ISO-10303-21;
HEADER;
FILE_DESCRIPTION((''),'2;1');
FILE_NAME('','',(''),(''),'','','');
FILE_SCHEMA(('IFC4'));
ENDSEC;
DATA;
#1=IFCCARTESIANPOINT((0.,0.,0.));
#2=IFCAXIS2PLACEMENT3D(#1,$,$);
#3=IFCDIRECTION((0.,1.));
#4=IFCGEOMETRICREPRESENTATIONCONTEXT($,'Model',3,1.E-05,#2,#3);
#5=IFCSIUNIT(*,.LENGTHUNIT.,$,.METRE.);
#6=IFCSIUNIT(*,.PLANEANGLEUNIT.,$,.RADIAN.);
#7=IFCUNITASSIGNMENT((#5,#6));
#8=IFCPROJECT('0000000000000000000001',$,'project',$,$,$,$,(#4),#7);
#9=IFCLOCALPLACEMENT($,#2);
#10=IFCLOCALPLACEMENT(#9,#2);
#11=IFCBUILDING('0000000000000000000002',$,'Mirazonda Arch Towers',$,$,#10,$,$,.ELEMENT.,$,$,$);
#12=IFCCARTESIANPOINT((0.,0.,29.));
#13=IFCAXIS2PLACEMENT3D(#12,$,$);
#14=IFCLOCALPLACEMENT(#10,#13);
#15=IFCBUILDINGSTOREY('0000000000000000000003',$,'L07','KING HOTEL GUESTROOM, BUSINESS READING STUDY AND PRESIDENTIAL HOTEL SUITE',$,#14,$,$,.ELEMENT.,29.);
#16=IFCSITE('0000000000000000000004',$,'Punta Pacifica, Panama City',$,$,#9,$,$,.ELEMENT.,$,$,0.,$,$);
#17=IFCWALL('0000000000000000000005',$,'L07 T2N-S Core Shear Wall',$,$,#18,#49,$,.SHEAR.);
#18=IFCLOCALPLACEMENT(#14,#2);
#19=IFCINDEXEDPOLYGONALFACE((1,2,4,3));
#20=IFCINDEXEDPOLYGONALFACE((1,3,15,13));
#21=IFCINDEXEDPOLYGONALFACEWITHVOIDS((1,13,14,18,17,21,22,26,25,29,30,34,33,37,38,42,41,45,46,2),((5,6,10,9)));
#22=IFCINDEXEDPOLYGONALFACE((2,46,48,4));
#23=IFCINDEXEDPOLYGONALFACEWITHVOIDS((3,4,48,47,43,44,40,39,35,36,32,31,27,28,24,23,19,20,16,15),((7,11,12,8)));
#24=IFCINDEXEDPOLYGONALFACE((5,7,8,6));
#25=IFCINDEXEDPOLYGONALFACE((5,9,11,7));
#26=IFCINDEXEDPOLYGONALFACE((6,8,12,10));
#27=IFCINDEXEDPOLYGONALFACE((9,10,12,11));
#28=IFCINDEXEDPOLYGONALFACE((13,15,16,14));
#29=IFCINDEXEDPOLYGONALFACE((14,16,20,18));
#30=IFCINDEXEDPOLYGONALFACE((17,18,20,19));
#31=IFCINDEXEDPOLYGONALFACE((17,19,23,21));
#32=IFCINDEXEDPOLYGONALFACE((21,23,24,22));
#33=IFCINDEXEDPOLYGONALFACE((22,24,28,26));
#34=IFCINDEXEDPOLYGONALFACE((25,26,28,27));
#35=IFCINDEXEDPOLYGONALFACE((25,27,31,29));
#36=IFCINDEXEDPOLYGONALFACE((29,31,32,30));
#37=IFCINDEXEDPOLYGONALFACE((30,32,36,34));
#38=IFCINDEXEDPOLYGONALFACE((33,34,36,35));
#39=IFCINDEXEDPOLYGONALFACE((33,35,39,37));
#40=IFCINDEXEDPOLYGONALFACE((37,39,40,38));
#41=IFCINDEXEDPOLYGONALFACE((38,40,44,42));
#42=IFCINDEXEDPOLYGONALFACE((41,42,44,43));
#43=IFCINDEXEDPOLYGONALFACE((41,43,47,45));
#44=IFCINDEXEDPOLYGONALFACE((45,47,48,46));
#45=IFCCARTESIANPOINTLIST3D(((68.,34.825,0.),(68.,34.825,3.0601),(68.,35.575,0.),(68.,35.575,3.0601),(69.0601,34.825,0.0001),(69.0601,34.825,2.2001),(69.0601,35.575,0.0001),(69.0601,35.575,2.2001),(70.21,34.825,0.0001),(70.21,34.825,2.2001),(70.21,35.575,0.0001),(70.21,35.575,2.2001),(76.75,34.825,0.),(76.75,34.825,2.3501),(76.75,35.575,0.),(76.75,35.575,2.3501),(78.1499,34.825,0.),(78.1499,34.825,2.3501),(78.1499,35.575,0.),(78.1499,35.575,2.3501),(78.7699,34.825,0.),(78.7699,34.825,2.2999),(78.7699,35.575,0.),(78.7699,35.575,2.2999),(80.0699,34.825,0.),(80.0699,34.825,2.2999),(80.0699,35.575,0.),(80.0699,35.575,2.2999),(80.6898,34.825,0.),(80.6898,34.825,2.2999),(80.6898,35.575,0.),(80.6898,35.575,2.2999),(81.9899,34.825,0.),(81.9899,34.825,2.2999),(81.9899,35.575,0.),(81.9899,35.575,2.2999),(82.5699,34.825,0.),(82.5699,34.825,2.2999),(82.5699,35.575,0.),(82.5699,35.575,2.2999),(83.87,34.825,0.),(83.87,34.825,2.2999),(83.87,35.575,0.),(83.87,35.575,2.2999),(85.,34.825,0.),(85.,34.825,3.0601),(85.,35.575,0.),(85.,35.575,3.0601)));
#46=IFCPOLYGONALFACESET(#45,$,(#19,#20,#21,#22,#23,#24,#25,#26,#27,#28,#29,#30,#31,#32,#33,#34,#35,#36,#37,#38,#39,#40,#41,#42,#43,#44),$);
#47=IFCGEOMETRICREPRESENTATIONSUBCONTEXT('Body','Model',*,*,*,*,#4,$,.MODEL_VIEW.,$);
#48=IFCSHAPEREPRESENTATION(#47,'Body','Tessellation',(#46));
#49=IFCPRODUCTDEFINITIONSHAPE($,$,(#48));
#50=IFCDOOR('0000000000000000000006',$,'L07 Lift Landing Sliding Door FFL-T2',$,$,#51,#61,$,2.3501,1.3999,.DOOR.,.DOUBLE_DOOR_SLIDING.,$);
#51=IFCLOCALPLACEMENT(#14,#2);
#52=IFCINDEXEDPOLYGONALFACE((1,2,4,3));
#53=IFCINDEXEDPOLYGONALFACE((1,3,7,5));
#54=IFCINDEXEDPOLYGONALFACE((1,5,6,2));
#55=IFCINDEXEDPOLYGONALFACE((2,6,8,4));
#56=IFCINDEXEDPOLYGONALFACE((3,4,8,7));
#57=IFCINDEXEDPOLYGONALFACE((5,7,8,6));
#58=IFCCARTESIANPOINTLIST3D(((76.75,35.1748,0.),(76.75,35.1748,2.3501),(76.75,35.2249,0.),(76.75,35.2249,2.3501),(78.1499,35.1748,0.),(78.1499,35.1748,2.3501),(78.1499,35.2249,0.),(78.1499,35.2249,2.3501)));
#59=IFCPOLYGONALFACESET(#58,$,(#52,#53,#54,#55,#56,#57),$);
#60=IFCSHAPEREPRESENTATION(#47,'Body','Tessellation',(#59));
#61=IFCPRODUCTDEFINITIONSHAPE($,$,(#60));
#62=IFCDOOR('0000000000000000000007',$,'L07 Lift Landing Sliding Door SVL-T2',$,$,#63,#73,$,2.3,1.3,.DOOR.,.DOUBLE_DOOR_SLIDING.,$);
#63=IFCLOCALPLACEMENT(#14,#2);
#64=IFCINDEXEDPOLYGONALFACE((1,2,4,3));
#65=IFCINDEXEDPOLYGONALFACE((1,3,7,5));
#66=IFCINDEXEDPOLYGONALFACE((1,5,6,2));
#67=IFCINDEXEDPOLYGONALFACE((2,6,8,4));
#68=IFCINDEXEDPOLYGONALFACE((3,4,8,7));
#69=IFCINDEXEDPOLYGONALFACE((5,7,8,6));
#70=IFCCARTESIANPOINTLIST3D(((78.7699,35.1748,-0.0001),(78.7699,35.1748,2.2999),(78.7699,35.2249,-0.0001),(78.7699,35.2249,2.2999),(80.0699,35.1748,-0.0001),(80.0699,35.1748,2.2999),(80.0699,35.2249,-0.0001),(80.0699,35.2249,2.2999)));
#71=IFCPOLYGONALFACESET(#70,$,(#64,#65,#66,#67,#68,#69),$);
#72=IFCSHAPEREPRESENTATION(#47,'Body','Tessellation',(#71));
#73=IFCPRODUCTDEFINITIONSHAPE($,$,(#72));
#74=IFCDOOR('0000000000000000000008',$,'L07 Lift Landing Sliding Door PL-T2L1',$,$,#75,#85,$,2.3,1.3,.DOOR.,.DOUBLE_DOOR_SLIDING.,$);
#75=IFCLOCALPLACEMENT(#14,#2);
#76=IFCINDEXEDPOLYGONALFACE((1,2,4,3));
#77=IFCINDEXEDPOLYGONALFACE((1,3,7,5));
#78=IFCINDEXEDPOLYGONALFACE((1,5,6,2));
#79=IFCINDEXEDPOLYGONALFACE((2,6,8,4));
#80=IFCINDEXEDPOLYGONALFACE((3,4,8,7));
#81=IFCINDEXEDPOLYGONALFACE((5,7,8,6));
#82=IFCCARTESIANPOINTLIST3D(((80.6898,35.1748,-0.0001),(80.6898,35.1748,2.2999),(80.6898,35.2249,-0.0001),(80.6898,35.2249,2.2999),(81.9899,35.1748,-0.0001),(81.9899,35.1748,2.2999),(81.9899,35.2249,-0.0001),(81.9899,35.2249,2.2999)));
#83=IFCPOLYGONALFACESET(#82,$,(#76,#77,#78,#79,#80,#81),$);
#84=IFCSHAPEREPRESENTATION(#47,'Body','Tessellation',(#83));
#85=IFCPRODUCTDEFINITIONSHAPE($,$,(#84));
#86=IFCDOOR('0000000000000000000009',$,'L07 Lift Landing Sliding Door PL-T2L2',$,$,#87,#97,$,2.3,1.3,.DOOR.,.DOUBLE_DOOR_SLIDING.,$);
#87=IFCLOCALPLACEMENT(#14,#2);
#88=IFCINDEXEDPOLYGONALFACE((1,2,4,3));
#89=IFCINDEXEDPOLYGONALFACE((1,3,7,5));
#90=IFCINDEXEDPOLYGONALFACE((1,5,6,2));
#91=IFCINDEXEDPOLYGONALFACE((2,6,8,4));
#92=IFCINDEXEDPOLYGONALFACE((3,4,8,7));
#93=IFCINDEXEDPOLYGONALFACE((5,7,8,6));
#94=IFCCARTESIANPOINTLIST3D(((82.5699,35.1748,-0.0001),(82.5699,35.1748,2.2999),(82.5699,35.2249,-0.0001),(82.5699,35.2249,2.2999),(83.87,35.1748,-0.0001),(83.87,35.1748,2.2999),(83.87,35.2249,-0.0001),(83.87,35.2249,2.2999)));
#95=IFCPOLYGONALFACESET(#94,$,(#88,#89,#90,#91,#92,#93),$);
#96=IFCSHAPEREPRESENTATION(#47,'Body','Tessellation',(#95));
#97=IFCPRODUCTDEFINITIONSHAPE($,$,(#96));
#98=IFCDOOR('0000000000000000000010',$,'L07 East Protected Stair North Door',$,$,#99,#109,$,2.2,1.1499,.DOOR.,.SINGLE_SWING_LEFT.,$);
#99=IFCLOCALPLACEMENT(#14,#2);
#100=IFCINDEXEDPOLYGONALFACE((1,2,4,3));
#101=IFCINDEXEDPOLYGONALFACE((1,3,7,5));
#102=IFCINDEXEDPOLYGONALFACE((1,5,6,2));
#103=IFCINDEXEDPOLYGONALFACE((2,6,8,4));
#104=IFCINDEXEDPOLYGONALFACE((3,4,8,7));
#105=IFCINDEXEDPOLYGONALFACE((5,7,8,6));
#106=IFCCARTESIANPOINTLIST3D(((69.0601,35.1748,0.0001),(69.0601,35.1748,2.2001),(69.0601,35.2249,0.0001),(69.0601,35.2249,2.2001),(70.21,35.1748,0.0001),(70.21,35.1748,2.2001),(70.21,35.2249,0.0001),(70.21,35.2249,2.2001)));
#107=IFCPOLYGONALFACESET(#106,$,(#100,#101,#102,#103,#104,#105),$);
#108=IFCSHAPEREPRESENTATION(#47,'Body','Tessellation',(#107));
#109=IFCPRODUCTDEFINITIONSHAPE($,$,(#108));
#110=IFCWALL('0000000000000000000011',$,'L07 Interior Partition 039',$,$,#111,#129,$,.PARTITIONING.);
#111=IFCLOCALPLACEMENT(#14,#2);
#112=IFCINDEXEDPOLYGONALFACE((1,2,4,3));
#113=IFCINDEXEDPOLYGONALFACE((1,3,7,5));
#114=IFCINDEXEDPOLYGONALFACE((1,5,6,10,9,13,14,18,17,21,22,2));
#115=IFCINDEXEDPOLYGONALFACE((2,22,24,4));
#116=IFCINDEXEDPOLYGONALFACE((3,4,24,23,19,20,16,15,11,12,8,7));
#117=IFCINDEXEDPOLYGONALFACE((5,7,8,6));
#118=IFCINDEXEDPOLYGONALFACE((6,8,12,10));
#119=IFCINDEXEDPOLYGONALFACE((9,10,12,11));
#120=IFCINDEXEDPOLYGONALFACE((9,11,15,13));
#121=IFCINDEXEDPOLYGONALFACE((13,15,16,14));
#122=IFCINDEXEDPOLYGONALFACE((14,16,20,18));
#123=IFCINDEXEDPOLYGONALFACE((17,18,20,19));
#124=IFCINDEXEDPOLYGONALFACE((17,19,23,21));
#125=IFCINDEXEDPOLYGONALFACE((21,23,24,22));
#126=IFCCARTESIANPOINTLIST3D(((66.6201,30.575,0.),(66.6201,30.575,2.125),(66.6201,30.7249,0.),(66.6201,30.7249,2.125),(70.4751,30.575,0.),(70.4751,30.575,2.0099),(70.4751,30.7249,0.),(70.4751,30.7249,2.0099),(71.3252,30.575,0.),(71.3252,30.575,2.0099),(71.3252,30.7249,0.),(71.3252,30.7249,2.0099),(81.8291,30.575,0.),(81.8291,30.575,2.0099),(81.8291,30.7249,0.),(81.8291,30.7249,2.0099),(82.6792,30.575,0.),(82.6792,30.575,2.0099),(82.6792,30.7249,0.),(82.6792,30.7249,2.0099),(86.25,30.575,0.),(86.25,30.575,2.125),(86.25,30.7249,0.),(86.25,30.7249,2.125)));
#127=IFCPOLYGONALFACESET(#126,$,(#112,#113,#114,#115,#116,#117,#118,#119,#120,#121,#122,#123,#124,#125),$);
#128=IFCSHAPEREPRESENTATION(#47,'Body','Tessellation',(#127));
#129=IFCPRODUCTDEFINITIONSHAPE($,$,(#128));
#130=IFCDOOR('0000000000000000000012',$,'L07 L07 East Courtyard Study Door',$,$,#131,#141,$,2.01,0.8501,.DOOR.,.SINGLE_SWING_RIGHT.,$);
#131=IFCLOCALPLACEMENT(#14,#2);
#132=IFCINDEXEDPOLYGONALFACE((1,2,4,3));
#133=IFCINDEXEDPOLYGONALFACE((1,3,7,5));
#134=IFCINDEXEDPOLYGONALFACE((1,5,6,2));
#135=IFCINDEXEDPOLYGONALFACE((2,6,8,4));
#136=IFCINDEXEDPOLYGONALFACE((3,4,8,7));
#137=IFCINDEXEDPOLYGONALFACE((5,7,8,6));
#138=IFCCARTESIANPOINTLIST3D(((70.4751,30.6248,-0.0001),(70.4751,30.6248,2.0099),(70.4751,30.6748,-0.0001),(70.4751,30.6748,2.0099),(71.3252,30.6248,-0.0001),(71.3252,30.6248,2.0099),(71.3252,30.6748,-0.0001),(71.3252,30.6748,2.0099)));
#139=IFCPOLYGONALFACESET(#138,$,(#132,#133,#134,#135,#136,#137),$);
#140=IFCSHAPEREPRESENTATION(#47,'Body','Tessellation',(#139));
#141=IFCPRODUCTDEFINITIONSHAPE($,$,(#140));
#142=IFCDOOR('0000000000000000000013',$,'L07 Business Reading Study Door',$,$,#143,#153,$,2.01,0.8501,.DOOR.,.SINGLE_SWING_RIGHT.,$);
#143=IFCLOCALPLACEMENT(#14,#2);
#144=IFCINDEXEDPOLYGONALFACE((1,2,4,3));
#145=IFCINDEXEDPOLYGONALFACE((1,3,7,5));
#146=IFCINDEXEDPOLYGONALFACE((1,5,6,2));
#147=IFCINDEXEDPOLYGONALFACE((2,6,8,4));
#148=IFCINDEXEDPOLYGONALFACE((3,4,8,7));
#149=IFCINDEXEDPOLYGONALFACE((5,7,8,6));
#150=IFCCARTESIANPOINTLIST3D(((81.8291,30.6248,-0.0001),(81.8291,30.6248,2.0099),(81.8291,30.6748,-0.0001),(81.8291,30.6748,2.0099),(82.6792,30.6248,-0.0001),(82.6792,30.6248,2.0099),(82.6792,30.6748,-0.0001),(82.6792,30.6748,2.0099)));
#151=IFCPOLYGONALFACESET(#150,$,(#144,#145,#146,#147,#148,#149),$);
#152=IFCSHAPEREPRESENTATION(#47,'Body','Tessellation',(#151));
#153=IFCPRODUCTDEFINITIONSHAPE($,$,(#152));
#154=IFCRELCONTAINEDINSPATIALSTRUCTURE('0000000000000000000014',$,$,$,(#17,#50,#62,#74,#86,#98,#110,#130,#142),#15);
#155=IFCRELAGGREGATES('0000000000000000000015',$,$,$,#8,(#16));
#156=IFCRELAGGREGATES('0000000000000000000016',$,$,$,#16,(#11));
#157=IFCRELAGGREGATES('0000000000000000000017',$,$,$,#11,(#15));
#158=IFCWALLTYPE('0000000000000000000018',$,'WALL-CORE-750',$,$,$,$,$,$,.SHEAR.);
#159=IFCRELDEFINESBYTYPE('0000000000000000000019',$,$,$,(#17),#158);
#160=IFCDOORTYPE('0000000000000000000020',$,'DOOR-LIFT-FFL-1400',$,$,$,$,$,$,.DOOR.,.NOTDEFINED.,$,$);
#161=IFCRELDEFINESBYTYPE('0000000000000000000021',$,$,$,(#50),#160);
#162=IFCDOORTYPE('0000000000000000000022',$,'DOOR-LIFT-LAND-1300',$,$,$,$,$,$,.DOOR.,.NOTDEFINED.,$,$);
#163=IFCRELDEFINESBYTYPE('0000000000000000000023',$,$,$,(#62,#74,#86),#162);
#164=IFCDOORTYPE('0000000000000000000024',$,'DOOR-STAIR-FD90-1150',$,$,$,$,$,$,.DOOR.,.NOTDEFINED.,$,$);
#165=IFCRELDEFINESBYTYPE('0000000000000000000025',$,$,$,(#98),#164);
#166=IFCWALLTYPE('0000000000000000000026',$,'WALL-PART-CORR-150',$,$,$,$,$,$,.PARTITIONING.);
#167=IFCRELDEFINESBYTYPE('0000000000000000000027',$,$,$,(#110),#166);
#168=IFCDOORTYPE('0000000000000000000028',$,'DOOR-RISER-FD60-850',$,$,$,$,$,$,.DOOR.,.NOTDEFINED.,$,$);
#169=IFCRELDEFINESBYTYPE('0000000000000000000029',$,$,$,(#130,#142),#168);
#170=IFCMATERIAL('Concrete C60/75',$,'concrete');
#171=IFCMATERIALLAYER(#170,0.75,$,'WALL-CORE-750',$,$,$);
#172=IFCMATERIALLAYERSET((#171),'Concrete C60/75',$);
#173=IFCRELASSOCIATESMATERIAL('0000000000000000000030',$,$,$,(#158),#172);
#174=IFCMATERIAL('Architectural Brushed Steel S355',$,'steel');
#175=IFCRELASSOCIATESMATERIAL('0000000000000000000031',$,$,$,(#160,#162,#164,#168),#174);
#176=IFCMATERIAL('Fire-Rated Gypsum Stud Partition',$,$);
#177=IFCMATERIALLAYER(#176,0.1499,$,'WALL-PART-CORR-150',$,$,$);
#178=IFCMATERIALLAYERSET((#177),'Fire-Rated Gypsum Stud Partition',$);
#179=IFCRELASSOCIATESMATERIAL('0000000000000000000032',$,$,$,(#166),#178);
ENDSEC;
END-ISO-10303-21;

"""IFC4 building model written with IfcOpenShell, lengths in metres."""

from ifc_helpers import new_model, si_unit, direction, frame, frame_2d, origin, place, context, subcontext, project, spatial, rectangle, extrude, material, layer, layer_set, type_object, element, fill, save


model = new_model("IFC4")

# Units and contexts
model_context = context("Model", 3, precision=1e-05, world=origin(), true_north=direction((0.0, 1.0)))
body_context = subcontext(model_context, "Body", "Model", "MODEL_VIEW")
ifc_project = project(units=[si_unit("LENGTHUNIT", "METRE"), si_unit("PLANEANGLEUNIT", "RADIAN")], contexts=[model_context])

# Site, building, storey
site_placement = place(None, origin())
site = spatial("IfcSite", under=ifc_project, at=site_placement, Name="Punta Pacifica, Panama City", CompositionType="ELEMENT", RefElevation=0.0)
building_placement = place(site_placement, origin())
building = spatial("IfcBuilding", under=site, at=building_placement, Name="Mirazonda Arch Towers", CompositionType="ELEMENT")
storey_placement = place(building_placement, frame((0.0, 0.0, 29.0)))
storey = spatial("IfcBuildingStorey", under=building, at=storey_placement, Name="L07", Description="KING HOTEL GUESTROOM, BUSINESS READING STUDY AND PRESIDENTIAL HOTEL SUITE", CompositionType="ELEMENT", Elevation=29.0)

# Shared definitions
ifc_material_1 = material(Name="Concrete C60/75", Category="concrete")

# Shared definitions
ifc_layer_1 = layer(ifc_material_1, 0.75, Name="WALL-CORE-750")
ifc_layer_set_1 = layer_set([ifc_layer_1], Name="Concrete C60/75")
wall_type_1 = type_object("IfcWallType", Name="WALL-CORE-750", PredefinedType="SHEAR", material=ifc_layer_set_1)

# Walls, openings, doors
wall_1_placement = place(storey_placement, frame((68.0, 35.2, 0.0), z_axis=(0.0, 0.0, 1.0), x_axis=(1.0, 0.0, 0.0)))
wall_1 = element("IfcWall", 1, at=wall_1_placement, inside=storey, type_object=wall_type_1, Name="L07 T2N-S Core Shear Wall", PredefinedType="SHEAR", context=body_context, shape_type="SweptSolid", body=[
    extrude(rectangle(XDim=17.0, YDim=0.75, at=frame_2d((8.5, 0.0))), origin(), (0.0, 0.0, 1.0), 3.0601),
])
opening_1_placement = place(wall_1_placement, frame((1.0601, 0.0, 0.0)))
opening_1 = element("IfcOpeningElement", 2, at=opening_1_placement, cuts=wall_1, PredefinedType="OPENING", context=body_context, shape_type="SweptSolid", body=[
    extrude(rectangle(XDim=1.1499, YDim=2.2, at=frame_2d((0.575, 1.1001))), frame((0.0, 0.385, 0.0), z_axis=(0.0, -1.0, 0.0), x_axis=(1.0, 0.0, 0.0)), (0.0, 0.0, 1.0), 0.77),
])
opening_2_placement = place(wall_1_placement, frame((8.75, 0.0, 0.0)))
opening_2 = element("IfcOpeningElement", 3, at=opening_2_placement, cuts=wall_1, PredefinedType="OPENING", context=body_context, shape_type="SweptSolid", body=[
    extrude(rectangle(XDim=1.3999, YDim=2.3501, at=frame_2d((0.7, 1.175))), frame((0.0, 0.385, 0.0), z_axis=(0.0, -1.0, 0.0), x_axis=(1.0, 0.0, 0.0)), (0.0, 0.0, 1.0), 0.77),
])
opening_3_placement = place(wall_1_placement, frame((10.77, 0.0, 0.0)))
opening_3 = element("IfcOpeningElement", 4, at=opening_3_placement, cuts=wall_1, PredefinedType="OPENING", context=body_context, shape_type="SweptSolid", body=[
    extrude(rectangle(XDim=1.3, YDim=2.3, at=frame_2d((0.6499, 1.1499))), frame((0.0, 0.385, 0.0), z_axis=(0.0, -1.0, 0.0), x_axis=(1.0, 0.0, 0.0)), (0.0, 0.0, 1.0), 0.77),
])
opening_4_placement = place(wall_1_placement, frame((12.6899, 0.0, 0.0)))
opening_4 = element("IfcOpeningElement", 5, at=opening_4_placement, cuts=wall_1, PredefinedType="OPENING", context=body_context, shape_type="SweptSolid", body=[
    extrude(rectangle(XDim=1.3, YDim=2.3, at=frame_2d((0.6499, 1.1499))), frame((0.0, 0.385, 0.0), z_axis=(0.0, -1.0, 0.0), x_axis=(1.0, 0.0, 0.0)), (0.0, 0.0, 1.0), 0.77),
])
opening_5_placement = place(wall_1_placement, frame((14.5701, 0.0, 0.0)))
opening_5 = element("IfcOpeningElement", 6, at=opening_5_placement, cuts=wall_1, PredefinedType="OPENING", context=body_context, shape_type="SweptSolid", body=[
    extrude(rectangle(XDim=1.3, YDim=2.3, at=frame_2d((0.6499, 1.1499))), frame((0.0, 0.385, 0.0), z_axis=(0.0, -1.0, 0.0), x_axis=(1.0, 0.0, 0.0)), (0.0, 0.0, 1.0), 0.77),
])
ifc_material_2 = material(Name="Architectural Brushed Steel S355", Category="steel")
door_type_1 = type_object("IfcDoorType", Name="DOOR-LIFT-FFL-1400", OperationType="NOTDEFINED", PredefinedType="DOOR", material=ifc_material_2)
door_1_placement = place(opening_2_placement, origin())
door_1 = element("IfcDoor", 7, at=door_1_placement, inside=storey, type_object=door_type_1, Name="L07 Lift Landing Sliding Door FFL-T2", OperationType="DOUBLE_DOOR_SLIDING", OverallHeight=2.3501, OverallWidth=1.3999, PredefinedType="DOOR", context=body_context, shape_type="SweptSolid", body=[
    extrude(rectangle(XDim=1.3999, YDim=2.3501, at=frame_2d((0.7, 1.175))), frame((0.0, 0.0249, 0.0), z_axis=(0.0, -1.0, 0.0), x_axis=(1.0, 0.0, 0.0)), (0.0, 0.0, 1.0), 0.05),
])
fill(opening_2, door_1)
door_type_2 = type_object("IfcDoorType", Name="DOOR-LIFT-LAND-1300", OperationType="NOTDEFINED", PredefinedType="DOOR", material=ifc_material_2)
door_2_placement = place(opening_3_placement, origin())
door_2 = element("IfcDoor", 8, at=door_2_placement, inside=storey, type_object=door_type_2, Name="L07 Lift Landing Sliding Door SVL-T2", OperationType="DOUBLE_DOOR_SLIDING", OverallHeight=2.3, OverallWidth=1.3, PredefinedType="DOOR", context=body_context, shape_type="SweptSolid", body=[
    extrude(rectangle(XDim=1.3, YDim=2.3, at=frame_2d((0.6499, 1.1499))), frame((0.0, 0.0249, 0.0), z_axis=(0.0, -1.0, 0.0), x_axis=(1.0, 0.0, 0.0)), (0.0, 0.0, 1.0), 0.05),
])
fill(opening_3, door_2)
door_3_placement = place(opening_4_placement, origin())
door_3 = element("IfcDoor", 9, at=door_3_placement, inside=storey, type_object=door_type_2, Name="L07 Lift Landing Sliding Door PL-T2L1", OperationType="DOUBLE_DOOR_SLIDING", OverallHeight=2.3, OverallWidth=1.3, PredefinedType="DOOR", context=body_context, shape_type="SweptSolid", body=[
    extrude(rectangle(XDim=1.3, YDim=2.3, at=frame_2d((0.6499, 1.1499))), frame((0.0, 0.0249, 0.0), z_axis=(0.0, -1.0, 0.0), x_axis=(1.0, 0.0, 0.0)), (0.0, 0.0, 1.0), 0.05),
])
fill(opening_4, door_3)
door_4_placement = place(opening_5_placement, origin())
door_4 = element("IfcDoor", 10, at=door_4_placement, inside=storey, type_object=door_type_2, Name="L07 Lift Landing Sliding Door PL-T2L2", OperationType="DOUBLE_DOOR_SLIDING", OverallHeight=2.3, OverallWidth=1.3, PredefinedType="DOOR", context=body_context, shape_type="SweptSolid", body=[
    extrude(rectangle(XDim=1.3, YDim=2.3, at=frame_2d((0.6499, 1.1499))), frame((0.0, 0.0249, 0.0), z_axis=(0.0, -1.0, 0.0), x_axis=(1.0, 0.0, 0.0)), (0.0, 0.0, 1.0), 0.05),
])
fill(opening_5, door_4)
door_type_3 = type_object("IfcDoorType", Name="DOOR-STAIR-FD90-1150", OperationType="NOTDEFINED", PredefinedType="DOOR", material=ifc_material_2)
door_5_placement = place(opening_1_placement, origin())
door_5 = element("IfcDoor", 11, at=door_5_placement, inside=storey, type_object=door_type_3, Name="L07 East Protected Stair North Door", OperationType="SINGLE_SWING_LEFT", OverallHeight=2.2, OverallWidth=1.1499, PredefinedType="DOOR", context=body_context, shape_type="SweptSolid", body=[
    extrude(rectangle(XDim=1.1499, YDim=2.2, at=frame_2d((0.575, 1.1001))), frame((0.0, 0.0249, 0.0), z_axis=(0.0, -1.0, 0.0), x_axis=(1.0, 0.0, 0.0)), (0.0, 0.0, 1.0), 0.05),
])
fill(opening_1, door_5)
ifc_material_3 = material(Name="Fire-Rated Gypsum Stud Partition")
ifc_layer_2 = layer(ifc_material_3, 0.1499, Name="WALL-PART-CORR-150")
ifc_layer_set_2 = layer_set([ifc_layer_2], Name="Fire-Rated Gypsum Stud Partition")
wall_type_2 = type_object("IfcWallType", Name="WALL-PART-CORR-150", PredefinedType="PARTITIONING", material=ifc_layer_set_2)
wall_2_placement = place(storey_placement, frame((66.6201, 30.6499, 0.0), z_axis=(0.0, 0.0, 1.0), x_axis=(1.0, 0.0, 0.0)))
wall_2 = element("IfcWall", 12, at=wall_2_placement, inside=storey, type_object=wall_type_2, Name="L07 Interior Partition 039", PredefinedType="PARTITIONING", context=body_context, shape_type="SweptSolid", body=[
    extrude(rectangle(XDim=19.6299, YDim=0.1499, at=frame_2d((9.8149, 0.0))), origin(), (0.0, 0.0, 1.0), 2.125),
])
opening_6_placement = place(wall_2_placement, frame((3.855, 0.0, 0.0)))
opening_6 = element("IfcOpeningElement", 13, at=opening_6_placement, cuts=wall_2, PredefinedType="OPENING", context=body_context, shape_type="SweptSolid", body=[
    extrude(rectangle(XDim=0.8501, YDim=2.01, at=frame_2d((0.425, 1.0049))), frame((0.0, 0.085, 0.0), z_axis=(0.0, -1.0, 0.0), x_axis=(1.0, 0.0, 0.0)), (0.0, 0.0, 1.0), 0.1699),
])
opening_7_placement = place(wall_2_placement, frame((15.209, 0.0, 0.0)))
opening_7 = element("IfcOpeningElement", 14, at=opening_7_placement, cuts=wall_2, PredefinedType="OPENING", context=body_context, shape_type="SweptSolid", body=[
    extrude(rectangle(XDim=0.8501, YDim=2.01, at=frame_2d((0.425, 1.0049))), frame((0.0, 0.085, 0.0), z_axis=(0.0, -1.0, 0.0), x_axis=(1.0, 0.0, 0.0)), (0.0, 0.0, 1.0), 0.1699),
])
door_type_4 = type_object("IfcDoorType", Name="DOOR-RISER-FD60-850", OperationType="NOTDEFINED", PredefinedType="DOOR", material=ifc_material_2)
door_6_placement = place(opening_6_placement, origin())
door_6 = element("IfcDoor", 15, at=door_6_placement, inside=storey, type_object=door_type_4, Name="L07 L07 East Courtyard Study Door", OperationType="SINGLE_SWING_RIGHT", OverallHeight=2.01, OverallWidth=0.8501, PredefinedType="DOOR", context=body_context, shape_type="SweptSolid", body=[
    extrude(rectangle(XDim=0.8501, YDim=2.01, at=frame_2d((0.425, 1.0049))), frame((0.0, 0.0249, 0.0), z_axis=(0.0, -1.0, 0.0), x_axis=(1.0, 0.0, 0.0)), (0.0, 0.0, 1.0), 0.05),
])
fill(opening_6, door_6)
door_7_placement = place(opening_7_placement, origin())
door_7 = element("IfcDoor", 16, at=door_7_placement, inside=storey, type_object=door_type_4, Name="L07 Business Reading Study Door", OperationType="SINGLE_SWING_RIGHT", OverallHeight=2.01, OverallWidth=0.8501, PredefinedType="DOOR", context=body_context, shape_type="SweptSolid", body=[
    extrude(rectangle(XDim=0.8501, YDim=2.01, at=frame_2d((0.425, 1.0049))), frame((0.0, 0.0249, 0.0), z_axis=(0.0, -1.0, 0.0), x_axis=(1.0, 0.0, 0.0)), (0.0, 0.0, 1.0), 0.05),
])
fill(opening_7, door_7)

save(model, "model.ifc")
